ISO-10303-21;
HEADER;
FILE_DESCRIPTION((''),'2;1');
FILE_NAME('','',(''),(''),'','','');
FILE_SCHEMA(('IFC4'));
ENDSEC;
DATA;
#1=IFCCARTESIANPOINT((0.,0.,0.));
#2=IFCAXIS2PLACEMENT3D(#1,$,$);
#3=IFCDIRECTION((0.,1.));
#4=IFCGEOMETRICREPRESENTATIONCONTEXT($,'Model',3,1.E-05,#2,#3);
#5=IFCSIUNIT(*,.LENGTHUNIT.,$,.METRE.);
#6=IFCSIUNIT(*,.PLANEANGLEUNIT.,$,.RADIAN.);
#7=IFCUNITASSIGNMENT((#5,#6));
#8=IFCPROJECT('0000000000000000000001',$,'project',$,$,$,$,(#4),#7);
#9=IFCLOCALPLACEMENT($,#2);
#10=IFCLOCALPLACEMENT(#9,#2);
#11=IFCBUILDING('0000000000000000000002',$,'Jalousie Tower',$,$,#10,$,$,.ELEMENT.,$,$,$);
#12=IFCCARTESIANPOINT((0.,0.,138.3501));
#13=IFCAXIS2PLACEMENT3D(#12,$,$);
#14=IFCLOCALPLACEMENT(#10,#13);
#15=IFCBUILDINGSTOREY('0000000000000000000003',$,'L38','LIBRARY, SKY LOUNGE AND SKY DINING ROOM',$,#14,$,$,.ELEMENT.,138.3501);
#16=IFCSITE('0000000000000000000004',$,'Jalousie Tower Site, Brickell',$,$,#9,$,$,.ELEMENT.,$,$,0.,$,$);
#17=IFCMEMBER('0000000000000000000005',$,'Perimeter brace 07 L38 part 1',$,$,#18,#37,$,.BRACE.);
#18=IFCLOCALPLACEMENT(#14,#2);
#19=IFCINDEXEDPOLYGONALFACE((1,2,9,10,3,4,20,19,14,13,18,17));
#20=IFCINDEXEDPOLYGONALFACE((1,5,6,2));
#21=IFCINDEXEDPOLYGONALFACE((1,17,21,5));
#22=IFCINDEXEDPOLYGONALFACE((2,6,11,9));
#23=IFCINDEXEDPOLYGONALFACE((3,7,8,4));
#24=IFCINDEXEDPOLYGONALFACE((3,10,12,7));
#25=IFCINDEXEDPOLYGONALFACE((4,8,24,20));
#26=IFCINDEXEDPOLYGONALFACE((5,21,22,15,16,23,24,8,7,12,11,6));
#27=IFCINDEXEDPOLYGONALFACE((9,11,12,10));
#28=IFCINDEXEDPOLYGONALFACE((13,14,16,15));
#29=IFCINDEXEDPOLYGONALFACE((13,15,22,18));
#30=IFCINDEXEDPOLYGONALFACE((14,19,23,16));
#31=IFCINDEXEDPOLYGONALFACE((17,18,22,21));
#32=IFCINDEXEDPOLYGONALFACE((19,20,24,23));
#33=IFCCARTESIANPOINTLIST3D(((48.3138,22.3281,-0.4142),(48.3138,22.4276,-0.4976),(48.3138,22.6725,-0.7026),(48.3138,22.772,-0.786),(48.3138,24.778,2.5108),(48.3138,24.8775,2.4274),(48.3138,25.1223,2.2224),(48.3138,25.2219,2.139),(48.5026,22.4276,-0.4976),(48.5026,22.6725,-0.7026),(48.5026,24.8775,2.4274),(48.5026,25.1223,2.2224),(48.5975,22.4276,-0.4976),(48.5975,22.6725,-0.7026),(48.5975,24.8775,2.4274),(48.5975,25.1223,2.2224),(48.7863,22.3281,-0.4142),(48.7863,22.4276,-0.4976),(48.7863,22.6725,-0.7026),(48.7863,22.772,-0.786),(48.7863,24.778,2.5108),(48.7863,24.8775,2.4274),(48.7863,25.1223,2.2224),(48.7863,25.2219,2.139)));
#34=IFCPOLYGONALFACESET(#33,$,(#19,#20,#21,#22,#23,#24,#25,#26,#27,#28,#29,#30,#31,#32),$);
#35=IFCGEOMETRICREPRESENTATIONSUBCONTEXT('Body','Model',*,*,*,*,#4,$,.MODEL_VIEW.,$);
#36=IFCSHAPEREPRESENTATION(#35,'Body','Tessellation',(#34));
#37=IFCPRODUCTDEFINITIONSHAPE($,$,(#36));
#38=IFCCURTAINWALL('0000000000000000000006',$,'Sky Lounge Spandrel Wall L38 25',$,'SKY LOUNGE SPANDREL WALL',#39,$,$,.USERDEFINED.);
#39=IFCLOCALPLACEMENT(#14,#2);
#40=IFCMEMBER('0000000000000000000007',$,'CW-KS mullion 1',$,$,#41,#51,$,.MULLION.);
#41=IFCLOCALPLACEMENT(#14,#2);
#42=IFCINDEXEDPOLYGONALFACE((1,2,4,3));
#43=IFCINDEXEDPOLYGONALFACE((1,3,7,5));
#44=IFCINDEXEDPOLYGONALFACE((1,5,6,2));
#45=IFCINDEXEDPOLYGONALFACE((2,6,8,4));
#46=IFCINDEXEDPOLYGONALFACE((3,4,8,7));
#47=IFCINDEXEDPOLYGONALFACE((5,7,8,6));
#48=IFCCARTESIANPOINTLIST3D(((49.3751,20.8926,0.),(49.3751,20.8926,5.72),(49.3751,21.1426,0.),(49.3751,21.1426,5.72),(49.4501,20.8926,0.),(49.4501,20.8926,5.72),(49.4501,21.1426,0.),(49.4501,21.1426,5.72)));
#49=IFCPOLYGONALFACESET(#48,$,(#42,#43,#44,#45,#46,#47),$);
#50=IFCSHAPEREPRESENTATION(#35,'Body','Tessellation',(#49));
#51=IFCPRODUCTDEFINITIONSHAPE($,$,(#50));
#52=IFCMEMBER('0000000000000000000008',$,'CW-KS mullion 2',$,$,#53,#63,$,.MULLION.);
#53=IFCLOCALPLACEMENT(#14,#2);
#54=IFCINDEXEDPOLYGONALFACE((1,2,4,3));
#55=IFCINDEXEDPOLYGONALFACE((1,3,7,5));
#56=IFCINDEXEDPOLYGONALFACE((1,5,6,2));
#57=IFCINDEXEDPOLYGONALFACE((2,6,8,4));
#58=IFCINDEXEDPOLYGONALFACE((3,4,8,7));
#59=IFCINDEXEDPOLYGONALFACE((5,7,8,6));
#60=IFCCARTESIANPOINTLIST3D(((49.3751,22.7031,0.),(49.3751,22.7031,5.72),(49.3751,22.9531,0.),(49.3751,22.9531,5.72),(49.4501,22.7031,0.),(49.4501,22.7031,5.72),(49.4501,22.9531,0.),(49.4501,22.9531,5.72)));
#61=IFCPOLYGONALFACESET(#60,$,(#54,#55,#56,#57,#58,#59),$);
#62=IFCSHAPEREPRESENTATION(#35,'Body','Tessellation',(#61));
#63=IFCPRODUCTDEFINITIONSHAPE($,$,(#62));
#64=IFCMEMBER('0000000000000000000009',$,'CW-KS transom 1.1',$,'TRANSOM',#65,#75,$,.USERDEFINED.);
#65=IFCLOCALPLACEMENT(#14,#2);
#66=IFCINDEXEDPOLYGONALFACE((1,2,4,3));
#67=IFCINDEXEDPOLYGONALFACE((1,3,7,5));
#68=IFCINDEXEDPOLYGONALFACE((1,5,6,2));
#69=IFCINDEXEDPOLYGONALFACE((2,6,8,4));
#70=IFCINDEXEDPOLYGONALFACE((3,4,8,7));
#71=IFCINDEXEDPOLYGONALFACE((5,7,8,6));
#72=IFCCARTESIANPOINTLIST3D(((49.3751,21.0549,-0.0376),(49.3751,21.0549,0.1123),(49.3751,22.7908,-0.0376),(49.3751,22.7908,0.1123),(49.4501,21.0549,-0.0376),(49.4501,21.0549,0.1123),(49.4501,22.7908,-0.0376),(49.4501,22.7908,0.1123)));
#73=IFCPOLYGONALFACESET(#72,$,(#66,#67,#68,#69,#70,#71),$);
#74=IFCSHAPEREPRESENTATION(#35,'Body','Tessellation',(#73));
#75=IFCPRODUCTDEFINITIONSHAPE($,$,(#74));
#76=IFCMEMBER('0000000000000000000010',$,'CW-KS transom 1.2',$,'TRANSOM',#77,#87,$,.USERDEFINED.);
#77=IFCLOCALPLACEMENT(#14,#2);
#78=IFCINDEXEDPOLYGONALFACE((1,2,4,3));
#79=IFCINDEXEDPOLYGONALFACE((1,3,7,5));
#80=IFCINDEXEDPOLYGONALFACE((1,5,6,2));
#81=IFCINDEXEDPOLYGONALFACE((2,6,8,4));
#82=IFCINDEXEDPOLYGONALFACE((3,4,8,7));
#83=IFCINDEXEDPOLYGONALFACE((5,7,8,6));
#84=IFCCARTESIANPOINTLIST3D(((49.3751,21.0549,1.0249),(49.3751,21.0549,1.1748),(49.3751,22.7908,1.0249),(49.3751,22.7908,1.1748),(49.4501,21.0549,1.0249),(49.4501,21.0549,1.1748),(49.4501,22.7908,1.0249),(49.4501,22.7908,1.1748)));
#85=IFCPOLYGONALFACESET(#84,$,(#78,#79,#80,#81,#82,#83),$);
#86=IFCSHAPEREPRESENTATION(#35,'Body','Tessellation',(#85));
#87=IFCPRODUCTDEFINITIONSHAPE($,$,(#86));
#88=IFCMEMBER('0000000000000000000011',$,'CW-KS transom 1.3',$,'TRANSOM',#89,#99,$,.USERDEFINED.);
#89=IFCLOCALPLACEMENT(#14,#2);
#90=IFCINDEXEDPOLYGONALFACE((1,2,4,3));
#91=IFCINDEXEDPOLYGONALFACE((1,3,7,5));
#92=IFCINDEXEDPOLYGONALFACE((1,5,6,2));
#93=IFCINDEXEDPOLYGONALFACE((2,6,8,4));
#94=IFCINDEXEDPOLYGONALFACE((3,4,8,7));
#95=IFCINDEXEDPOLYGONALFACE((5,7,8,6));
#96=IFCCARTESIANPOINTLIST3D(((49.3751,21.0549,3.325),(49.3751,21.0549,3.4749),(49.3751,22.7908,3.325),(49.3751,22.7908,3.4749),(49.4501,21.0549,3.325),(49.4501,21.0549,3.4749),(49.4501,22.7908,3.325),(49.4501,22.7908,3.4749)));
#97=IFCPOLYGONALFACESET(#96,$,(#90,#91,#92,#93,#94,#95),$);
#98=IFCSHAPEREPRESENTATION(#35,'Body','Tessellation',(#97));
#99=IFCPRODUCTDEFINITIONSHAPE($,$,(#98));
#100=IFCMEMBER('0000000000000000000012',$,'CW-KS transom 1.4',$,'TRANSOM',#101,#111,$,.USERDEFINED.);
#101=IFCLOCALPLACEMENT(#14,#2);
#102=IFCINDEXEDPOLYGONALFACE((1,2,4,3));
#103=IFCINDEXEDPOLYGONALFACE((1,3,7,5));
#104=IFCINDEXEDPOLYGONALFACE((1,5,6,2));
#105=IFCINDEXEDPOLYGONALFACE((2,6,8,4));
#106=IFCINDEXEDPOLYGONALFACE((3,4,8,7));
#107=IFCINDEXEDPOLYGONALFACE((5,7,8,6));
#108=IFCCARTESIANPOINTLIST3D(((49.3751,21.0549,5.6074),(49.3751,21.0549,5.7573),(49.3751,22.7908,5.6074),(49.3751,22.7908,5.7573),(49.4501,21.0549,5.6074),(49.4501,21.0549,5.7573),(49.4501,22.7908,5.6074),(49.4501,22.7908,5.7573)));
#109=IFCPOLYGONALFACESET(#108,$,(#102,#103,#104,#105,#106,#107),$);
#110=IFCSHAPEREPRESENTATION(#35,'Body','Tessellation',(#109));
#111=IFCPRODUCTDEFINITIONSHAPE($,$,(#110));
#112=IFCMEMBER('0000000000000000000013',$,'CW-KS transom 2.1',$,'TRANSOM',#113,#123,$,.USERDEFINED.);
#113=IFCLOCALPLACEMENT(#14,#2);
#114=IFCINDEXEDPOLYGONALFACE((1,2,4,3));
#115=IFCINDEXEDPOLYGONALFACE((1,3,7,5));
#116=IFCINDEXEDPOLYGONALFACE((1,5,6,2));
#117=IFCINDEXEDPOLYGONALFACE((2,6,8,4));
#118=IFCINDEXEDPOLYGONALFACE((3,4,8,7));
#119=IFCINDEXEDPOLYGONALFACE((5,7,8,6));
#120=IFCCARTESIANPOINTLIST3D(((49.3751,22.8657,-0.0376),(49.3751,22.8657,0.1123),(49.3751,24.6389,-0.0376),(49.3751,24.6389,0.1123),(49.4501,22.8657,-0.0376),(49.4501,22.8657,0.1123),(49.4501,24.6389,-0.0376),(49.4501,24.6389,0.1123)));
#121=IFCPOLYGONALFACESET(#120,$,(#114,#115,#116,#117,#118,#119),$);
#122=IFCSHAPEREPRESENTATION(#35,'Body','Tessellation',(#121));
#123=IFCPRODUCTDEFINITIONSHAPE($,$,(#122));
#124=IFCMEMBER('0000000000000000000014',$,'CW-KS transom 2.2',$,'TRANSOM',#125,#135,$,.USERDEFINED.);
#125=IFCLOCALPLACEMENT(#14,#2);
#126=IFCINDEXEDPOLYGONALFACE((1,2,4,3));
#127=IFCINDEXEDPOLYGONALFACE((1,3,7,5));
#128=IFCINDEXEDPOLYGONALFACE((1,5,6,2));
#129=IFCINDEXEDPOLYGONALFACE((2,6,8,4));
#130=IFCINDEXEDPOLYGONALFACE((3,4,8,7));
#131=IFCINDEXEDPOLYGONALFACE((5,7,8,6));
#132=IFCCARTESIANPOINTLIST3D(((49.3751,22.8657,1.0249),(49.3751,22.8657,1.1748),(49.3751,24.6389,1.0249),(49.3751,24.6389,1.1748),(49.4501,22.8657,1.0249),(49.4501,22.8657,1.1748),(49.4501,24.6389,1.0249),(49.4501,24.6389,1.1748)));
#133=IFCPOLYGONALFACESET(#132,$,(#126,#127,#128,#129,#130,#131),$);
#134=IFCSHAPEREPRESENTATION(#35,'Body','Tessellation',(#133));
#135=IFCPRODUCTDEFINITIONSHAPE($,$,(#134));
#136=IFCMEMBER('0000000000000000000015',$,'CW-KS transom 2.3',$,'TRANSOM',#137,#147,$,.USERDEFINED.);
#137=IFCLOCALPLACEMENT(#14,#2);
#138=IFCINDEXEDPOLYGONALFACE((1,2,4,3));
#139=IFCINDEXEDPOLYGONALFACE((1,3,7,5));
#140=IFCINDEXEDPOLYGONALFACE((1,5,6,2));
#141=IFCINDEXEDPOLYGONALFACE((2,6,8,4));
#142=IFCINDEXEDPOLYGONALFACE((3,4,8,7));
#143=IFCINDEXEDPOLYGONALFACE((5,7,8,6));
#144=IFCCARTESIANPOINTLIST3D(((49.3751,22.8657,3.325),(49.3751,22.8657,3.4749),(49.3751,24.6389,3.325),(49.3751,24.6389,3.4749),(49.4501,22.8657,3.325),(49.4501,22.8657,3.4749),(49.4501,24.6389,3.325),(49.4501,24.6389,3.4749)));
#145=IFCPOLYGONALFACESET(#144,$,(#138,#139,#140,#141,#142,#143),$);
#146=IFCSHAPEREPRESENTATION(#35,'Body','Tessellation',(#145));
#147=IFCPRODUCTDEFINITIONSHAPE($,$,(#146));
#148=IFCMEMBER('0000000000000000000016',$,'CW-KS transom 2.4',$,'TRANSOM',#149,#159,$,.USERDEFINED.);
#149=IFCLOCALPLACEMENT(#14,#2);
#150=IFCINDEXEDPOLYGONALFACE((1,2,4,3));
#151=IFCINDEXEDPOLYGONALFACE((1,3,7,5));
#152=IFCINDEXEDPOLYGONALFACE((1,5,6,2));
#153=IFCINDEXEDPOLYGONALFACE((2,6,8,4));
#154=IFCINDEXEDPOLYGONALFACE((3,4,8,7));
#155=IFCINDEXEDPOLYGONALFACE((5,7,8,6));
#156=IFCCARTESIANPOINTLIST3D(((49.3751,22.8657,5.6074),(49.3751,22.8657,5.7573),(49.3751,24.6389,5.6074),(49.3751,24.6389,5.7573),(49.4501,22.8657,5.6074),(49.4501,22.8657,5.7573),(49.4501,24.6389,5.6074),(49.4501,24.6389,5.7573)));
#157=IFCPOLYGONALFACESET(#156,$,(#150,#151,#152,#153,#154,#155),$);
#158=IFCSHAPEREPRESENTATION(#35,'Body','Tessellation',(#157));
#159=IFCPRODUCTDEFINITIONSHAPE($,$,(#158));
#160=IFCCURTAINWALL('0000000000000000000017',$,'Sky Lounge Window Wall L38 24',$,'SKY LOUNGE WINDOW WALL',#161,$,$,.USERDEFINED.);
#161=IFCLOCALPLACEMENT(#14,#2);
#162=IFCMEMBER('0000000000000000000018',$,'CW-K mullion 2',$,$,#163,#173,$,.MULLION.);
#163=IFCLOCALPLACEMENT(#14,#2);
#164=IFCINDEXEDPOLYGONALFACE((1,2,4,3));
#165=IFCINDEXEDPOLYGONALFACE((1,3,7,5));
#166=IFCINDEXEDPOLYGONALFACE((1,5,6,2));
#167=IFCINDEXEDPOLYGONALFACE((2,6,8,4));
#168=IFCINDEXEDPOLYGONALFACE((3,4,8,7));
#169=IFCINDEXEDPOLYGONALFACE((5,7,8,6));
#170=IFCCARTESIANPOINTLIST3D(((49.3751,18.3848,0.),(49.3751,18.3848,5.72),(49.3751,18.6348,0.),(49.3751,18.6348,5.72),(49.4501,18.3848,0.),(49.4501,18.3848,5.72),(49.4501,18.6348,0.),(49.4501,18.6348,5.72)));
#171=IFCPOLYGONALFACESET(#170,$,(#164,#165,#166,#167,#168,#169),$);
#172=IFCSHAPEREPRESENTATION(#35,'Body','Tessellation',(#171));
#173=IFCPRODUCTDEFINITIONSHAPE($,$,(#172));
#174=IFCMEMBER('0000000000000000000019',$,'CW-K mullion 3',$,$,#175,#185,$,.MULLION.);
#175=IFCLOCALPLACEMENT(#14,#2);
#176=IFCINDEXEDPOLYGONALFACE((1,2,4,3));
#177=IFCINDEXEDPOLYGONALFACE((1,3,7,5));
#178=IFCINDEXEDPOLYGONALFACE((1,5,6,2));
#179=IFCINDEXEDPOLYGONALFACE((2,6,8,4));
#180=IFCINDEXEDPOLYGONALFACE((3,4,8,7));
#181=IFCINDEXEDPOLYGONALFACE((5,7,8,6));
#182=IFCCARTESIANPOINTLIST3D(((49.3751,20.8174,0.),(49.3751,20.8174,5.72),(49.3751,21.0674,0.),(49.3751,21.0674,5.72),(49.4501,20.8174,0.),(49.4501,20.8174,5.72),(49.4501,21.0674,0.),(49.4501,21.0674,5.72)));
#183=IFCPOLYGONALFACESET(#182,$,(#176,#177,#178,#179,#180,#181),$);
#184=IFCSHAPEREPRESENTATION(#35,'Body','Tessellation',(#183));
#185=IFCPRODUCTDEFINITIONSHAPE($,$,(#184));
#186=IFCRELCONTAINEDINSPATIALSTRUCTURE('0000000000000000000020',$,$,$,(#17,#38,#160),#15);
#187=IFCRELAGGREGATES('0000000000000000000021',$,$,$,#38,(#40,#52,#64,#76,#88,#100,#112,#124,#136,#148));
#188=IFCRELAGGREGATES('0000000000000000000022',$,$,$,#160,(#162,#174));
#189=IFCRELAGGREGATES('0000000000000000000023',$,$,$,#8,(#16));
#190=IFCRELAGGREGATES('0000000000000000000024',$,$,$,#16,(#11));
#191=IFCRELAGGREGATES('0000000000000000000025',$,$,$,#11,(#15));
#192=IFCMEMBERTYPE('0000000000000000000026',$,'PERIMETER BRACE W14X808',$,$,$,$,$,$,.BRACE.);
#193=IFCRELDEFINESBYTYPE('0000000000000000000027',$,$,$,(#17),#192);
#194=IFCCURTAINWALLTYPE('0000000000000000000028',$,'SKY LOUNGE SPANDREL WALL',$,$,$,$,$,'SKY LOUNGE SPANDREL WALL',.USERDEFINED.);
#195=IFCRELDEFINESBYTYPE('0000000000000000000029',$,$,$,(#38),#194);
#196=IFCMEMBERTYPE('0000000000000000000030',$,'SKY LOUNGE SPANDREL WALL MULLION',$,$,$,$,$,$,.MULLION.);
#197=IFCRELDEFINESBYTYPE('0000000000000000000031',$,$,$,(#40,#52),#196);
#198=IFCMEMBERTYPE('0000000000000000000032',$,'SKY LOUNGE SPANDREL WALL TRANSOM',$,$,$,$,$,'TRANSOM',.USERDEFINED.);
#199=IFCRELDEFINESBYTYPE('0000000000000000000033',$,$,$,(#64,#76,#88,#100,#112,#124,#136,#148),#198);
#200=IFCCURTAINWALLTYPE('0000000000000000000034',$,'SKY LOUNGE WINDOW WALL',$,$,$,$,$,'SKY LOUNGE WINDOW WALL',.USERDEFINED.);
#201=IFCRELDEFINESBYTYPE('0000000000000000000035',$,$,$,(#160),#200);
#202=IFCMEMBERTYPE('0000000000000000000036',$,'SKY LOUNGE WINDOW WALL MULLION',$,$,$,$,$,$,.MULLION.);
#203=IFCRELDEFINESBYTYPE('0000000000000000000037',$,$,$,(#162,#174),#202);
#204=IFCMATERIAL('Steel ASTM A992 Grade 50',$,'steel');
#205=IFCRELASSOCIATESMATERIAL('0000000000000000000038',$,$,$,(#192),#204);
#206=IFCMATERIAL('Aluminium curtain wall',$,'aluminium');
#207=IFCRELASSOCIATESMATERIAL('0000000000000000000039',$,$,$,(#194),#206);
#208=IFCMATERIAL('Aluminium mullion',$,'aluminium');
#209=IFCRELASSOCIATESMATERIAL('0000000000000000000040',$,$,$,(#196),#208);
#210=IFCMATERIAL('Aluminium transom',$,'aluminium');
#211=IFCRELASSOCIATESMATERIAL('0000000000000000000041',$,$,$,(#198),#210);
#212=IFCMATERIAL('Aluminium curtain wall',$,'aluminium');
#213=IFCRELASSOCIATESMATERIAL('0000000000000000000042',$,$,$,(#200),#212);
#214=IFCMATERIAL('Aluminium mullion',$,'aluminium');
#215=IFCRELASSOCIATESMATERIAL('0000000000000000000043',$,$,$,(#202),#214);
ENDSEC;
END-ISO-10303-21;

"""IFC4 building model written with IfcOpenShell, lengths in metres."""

from ifc_helpers import new_model, si_unit, direction, frame, origin, origin_2d, place, context, subcontext, project, spatial, rectangle, i_section, extrude, material, material_profile, profile_set, type_object, element, aggregate, save


model = new_model("IFC4")

# Units and contexts
model_context = context("Model", 3, precision=1e-05, world=origin(), true_north=direction((0.0, 1.0)))
body_context = subcontext(model_context, "Body", "Model", "MODEL_VIEW")
ifc_project = project(units=[si_unit("LENGTHUNIT", "METRE"), si_unit("PLANEANGLEUNIT", "RADIAN")], contexts=[model_context])

# Site, building, storey
site_placement = place(None, origin())
site = spatial("IfcSite", under=ifc_project, at=site_placement, Name="Jalousie Tower Site, Brickell", CompositionType="ELEMENT", RefElevation=0.0)
building_placement = place(site_placement, origin())
building = spatial("IfcBuilding", under=site, at=building_placement, Name="Jalousie Tower", CompositionType="ELEMENT")
storey_placement = place(building_placement, frame((0.0, 0.0, 138.3501)))
storey = spatial("IfcBuildingStorey", under=building, at=storey_placement, Name="L38", Description="LIBRARY, SKY LOUNGE AND SKY DINING ROOM", CompositionType="ELEMENT", Elevation=138.3501)

# Member
ifc_material_1 = material(Name="Steel ASTM A992 Grade 50", Category="steel")
ifc_material_profile_1 = material_profile(ifc_material_1, i_section(OverallWidth=0.4724, OverallDepth=0.5791, WebThickness=0.095, FlangeThickness=0.1299, at=origin_2d()), Name="W14X808")
ifc_profile_set_1 = profile_set([ifc_material_profile_1], Name="Steel ASTM A992 Grade 50")
member_type_1 = type_object("IfcMemberType", Name="PERIMETER BRACE W14X808", PredefinedType="BRACE", material=ifc_profile_set_1)
member_1_placement = place(storey_placement, frame((48.55, 22.55, -0.6001), z_axis=(0.0, 0.642102, 0.766619), x_axis=(-1.0, 0.0, 0.0)))
element("IfcMember", 1, at=member_1_placement, inside=storey, type_object=member_type_1, Name="Perimeter brace 07 L38 part 1", PredefinedType="BRACE", context=body_context, shape_type="SweptSolid", body=[
    extrude(i_section(OverallWidth=0.4724, OverallDepth=0.5791, WebThickness=0.095, FlangeThickness=0.1299, at=origin_2d()), origin(), (0.0, 0.0, 1.0), 3.8154),
])

# Curtain walls, members
ifc_material_2 = material(Name="Aluminium curtain wall", Category="aluminium")
curtain_wall_type_1 = type_object("IfcCurtainWallType", Name="SKY LOUNGE SPANDREL WALL", ElementType="SKY LOUNGE SPANDREL WALL", PredefinedType="USERDEFINED", material=ifc_material_2)
curtain_wall_1_placement = place(storey_placement, origin())
curtain_wall_1 = element("IfcCurtainWall", 2, at=curtain_wall_1_placement, inside=storey, type_object=curtain_wall_type_1, Name="Sky Lounge Spandrel Wall L38 25", ObjectType="SKY LOUNGE SPANDREL WALL", PredefinedType="USERDEFINED")
ifc_material_3 = material(Name="Aluminium mullion", Category="aluminium")
ifc_material_profile_2 = material_profile(ifc_material_3, rectangle(XDim=0.075, YDim=0.25, at=origin_2d()), Name="MULLION 75x250")
ifc_profile_set_2 = profile_set([ifc_material_profile_2], Name="Aluminium mullion")
member_type_2 = type_object("IfcMemberType", Name="SKY LOUNGE SPANDREL WALL MULLION", PredefinedType="MULLION", material=ifc_profile_set_2)
member_2_placement = place(storey_placement, frame((49.4126, 21.0176, 0.0), z_axis=(0.0, 0.0, 1.0), x_axis=(-1.0, 0.0, 0.0)))
member_2 = element("IfcMember", 3, at=member_2_placement, type_object=member_type_2, Name="CW-KS mullion 1", PredefinedType="MULLION", context=body_context, shape_type="SweptSolid", body=[
    extrude(rectangle(XDim=0.075, YDim=0.25, at=origin_2d()), origin(), (0.0, 0.0, 1.0), 5.72),
])
member_3_placement = place(storey_placement, frame((49.4126, 22.8281, 0.0), z_axis=(0.0, 0.0, 1.0), x_axis=(-1.0, 0.0, 0.0)))
member_3 = element("IfcMember", 4, at=member_3_placement, type_object=member_type_2, Name="CW-KS mullion 2", PredefinedType="MULLION", context=body_context, shape_type="SweptSolid", body=[
    extrude(rectangle(XDim=0.075, YDim=0.25, at=origin_2d()), origin(), (0.0, 0.0, 1.0), 5.72),
])
ifc_material_4 = material(Name="Aluminium transom", Category="aluminium")
ifc_material_profile_3 = material_profile(ifc_material_4, rectangle(XDim=0.075, YDim=0.1499, at=origin_2d()), Name="TRANSOM 75x150")
ifc_profile_set_3 = profile_set([ifc_material_profile_3], Name="Aluminium transom")
member_type_3 = type_object("IfcMemberType", Name="SKY LOUNGE SPANDREL WALL TRANSOM", ElementType="TRANSOM", PredefinedType="USERDEFINED", material=ifc_profile_set_3)
member_4_placement = place(storey_placement, frame((49.4126, 21.0549, 0.0374), z_axis=(0.0, 1.0, 0.0), x_axis=(-1.0, 0.0, 0.0)))
member_4 = element("IfcMember", 5, at=member_4_placement, type_object=member_type_3, Name="CW-KS transom 1.1", ObjectType="TRANSOM", PredefinedType="USERDEFINED", context=body_context, shape_type="SweptSolid", body=[
    extrude(rectangle(XDim=0.075, YDim=0.1499, at=origin_2d()), origin(), (0.0, 0.0, 1.0), 1.7358),
])
member_5_placement = place(storey_placement, frame((49.4126, 21.0549, 1.0999), z_axis=(0.0, 1.0, 0.0), x_axis=(-1.0, 0.0, 0.0)))
member_5 = element("IfcMember", 6, at=member_5_placement, type_object=member_type_3, Name="CW-KS transom 1.2", ObjectType="TRANSOM", PredefinedType="USERDEFINED", context=body_context, shape_type="SweptSolid", body=[
    extrude(rectangle(XDim=0.075, YDim=0.1499, at=origin_2d()), origin(), (0.0, 0.0, 1.0), 1.7358),
])
member_6_placement = place(storey_placement, frame((49.4126, 21.0549, 3.3999), z_axis=(0.0, 1.0, 0.0), x_axis=(-1.0, 0.0, 0.0)))
member_6 = element("IfcMember", 7, at=member_6_placement, type_object=member_type_3, Name="CW-KS transom 1.3", ObjectType="TRANSOM", PredefinedType="USERDEFINED", context=body_context, shape_type="SweptSolid", body=[
    extrude(rectangle(XDim=0.075, YDim=0.1499, at=origin_2d()), origin(), (0.0, 0.0, 1.0), 1.7358),
])
member_7_placement = place(storey_placement, frame((49.4126, 21.0549, 5.6824), z_axis=(0.0, 1.0, 0.0), x_axis=(-1.0, 0.0, 0.0)))
member_7 = element("IfcMember", 8, at=member_7_placement, type_object=member_type_3, Name="CW-KS transom 1.4", ObjectType="TRANSOM", PredefinedType="USERDEFINED", context=body_context, shape_type="SweptSolid", body=[
    extrude(rectangle(XDim=0.075, YDim=0.1499, at=origin_2d()), origin(), (0.0, 0.0, 1.0), 1.7358),
])
member_8_placement = place(storey_placement, frame((49.4126, 22.8657, 0.0374), z_axis=(0.0, 1.0, 0.0), x_axis=(-1.0, 0.0, 0.0)))
member_8 = element("IfcMember", 9, at=member_8_placement, type_object=member_type_3, Name="CW-KS transom 2.1", ObjectType="TRANSOM", PredefinedType="USERDEFINED", context=body_context, shape_type="SweptSolid", body=[
    extrude(rectangle(XDim=0.075, YDim=0.1499, at=origin_2d()), origin(), (0.0, 0.0, 1.0), 1.7732),
])
member_9_placement = place(storey_placement, frame((49.4126, 22.8657, 1.0999), z_axis=(0.0, 1.0, 0.0), x_axis=(-1.0, 0.0, 0.0)))
member_9 = element("IfcMember", 10, at=member_9_placement, type_object=member_type_3, Name="CW-KS transom 2.2", ObjectType="TRANSOM", PredefinedType="USERDEFINED", context=body_context, shape_type="SweptSolid", body=[
    extrude(rectangle(XDim=0.075, YDim=0.1499, at=origin_2d()), origin(), (0.0, 0.0, 1.0), 1.7732),
])
member_10_placement = place(storey_placement, frame((49.4126, 22.8657, 3.3999), z_axis=(0.0, 1.0, 0.0), x_axis=(-1.0, 0.0, 0.0)))
member_10 = element("IfcMember", 11, at=member_10_placement, type_object=member_type_3, Name="CW-KS transom 2.3", ObjectType="TRANSOM", PredefinedType="USERDEFINED", context=body_context, shape_type="SweptSolid", body=[
    extrude(rectangle(XDim=0.075, YDim=0.1499, at=origin_2d()), origin(), (0.0, 0.0, 1.0), 1.7732),
])
member_11_placement = place(storey_placement, frame((49.4126, 22.8657, 5.6824), z_axis=(0.0, 1.0, 0.0), x_axis=(-1.0, 0.0, 0.0)))
member_11 = element("IfcMember", 12, at=member_11_placement, type_object=member_type_3, Name="CW-KS transom 2.4", ObjectType="TRANSOM", PredefinedType="USERDEFINED", context=body_context, shape_type="SweptSolid", body=[
    extrude(rectangle(XDim=0.075, YDim=0.1499, at=origin_2d()), origin(), (0.0, 0.0, 1.0), 1.7732),
])
ifc_material_5 = material(Name="Aluminium curtain wall", Category="aluminium")
curtain_wall_type_2 = type_object("IfcCurtainWallType", Name="SKY LOUNGE WINDOW WALL", ElementType="SKY LOUNGE WINDOW WALL", PredefinedType="USERDEFINED", material=ifc_material_5)
curtain_wall_2_placement = place(storey_placement, origin())
curtain_wall_2 = element("IfcCurtainWall", 13, at=curtain_wall_2_placement, inside=storey, type_object=curtain_wall_type_2, Name="Sky Lounge Window Wall L38 24", ObjectType="SKY LOUNGE WINDOW WALL", PredefinedType="USERDEFINED")
ifc_material_6 = material(Name="Aluminium mullion", Category="aluminium")
ifc_material_profile_4 = material_profile(ifc_material_6, rectangle(XDim=0.075, YDim=0.25, at=origin_2d()), Name="MULLION 75x250")
ifc_profile_set_4 = profile_set([ifc_material_profile_4], Name="Aluminium mullion")
member_type_4 = type_object("IfcMemberType", Name="SKY LOUNGE WINDOW WALL MULLION", PredefinedType="MULLION", material=ifc_profile_set_4)
member_12_placement = place(storey_placement, frame((49.4126, 18.5098, 0.0), z_axis=(0.0, 0.0, 1.0), x_axis=(-1.0, 0.0, 0.0)))
member_12 = element("IfcMember", 14, at=member_12_placement, type_object=member_type_4, Name="CW-K mullion 2", PredefinedType="MULLION", context=body_context, shape_type="SweptSolid", body=[
    extrude(rectangle(XDim=0.075, YDim=0.25, at=origin_2d()), origin(), (0.0, 0.0, 1.0), 5.72),
])
member_13_placement = place(storey_placement, frame((49.4126, 20.9424, 0.0), z_axis=(0.0, 0.0, 1.0), x_axis=(-1.0, 0.0, 0.0)))
member_13 = element("IfcMember", 15, at=member_13_placement, type_object=member_type_4, Name="CW-K mullion 3", PredefinedType="MULLION", context=body_context, shape_type="SweptSolid", body=[
    extrude(rectangle(XDim=0.075, YDim=0.25, at=origin_2d()), origin(), (0.0, 0.0, 1.0), 5.72),
])

aggregate(curtain_wall_1, [member_2, member_3, member_4, member_5, member_6, member_7, member_8, member_9, member_10, member_11])
aggregate(curtain_wall_2, [member_12, member_13])

save(model, "model.ifc")
